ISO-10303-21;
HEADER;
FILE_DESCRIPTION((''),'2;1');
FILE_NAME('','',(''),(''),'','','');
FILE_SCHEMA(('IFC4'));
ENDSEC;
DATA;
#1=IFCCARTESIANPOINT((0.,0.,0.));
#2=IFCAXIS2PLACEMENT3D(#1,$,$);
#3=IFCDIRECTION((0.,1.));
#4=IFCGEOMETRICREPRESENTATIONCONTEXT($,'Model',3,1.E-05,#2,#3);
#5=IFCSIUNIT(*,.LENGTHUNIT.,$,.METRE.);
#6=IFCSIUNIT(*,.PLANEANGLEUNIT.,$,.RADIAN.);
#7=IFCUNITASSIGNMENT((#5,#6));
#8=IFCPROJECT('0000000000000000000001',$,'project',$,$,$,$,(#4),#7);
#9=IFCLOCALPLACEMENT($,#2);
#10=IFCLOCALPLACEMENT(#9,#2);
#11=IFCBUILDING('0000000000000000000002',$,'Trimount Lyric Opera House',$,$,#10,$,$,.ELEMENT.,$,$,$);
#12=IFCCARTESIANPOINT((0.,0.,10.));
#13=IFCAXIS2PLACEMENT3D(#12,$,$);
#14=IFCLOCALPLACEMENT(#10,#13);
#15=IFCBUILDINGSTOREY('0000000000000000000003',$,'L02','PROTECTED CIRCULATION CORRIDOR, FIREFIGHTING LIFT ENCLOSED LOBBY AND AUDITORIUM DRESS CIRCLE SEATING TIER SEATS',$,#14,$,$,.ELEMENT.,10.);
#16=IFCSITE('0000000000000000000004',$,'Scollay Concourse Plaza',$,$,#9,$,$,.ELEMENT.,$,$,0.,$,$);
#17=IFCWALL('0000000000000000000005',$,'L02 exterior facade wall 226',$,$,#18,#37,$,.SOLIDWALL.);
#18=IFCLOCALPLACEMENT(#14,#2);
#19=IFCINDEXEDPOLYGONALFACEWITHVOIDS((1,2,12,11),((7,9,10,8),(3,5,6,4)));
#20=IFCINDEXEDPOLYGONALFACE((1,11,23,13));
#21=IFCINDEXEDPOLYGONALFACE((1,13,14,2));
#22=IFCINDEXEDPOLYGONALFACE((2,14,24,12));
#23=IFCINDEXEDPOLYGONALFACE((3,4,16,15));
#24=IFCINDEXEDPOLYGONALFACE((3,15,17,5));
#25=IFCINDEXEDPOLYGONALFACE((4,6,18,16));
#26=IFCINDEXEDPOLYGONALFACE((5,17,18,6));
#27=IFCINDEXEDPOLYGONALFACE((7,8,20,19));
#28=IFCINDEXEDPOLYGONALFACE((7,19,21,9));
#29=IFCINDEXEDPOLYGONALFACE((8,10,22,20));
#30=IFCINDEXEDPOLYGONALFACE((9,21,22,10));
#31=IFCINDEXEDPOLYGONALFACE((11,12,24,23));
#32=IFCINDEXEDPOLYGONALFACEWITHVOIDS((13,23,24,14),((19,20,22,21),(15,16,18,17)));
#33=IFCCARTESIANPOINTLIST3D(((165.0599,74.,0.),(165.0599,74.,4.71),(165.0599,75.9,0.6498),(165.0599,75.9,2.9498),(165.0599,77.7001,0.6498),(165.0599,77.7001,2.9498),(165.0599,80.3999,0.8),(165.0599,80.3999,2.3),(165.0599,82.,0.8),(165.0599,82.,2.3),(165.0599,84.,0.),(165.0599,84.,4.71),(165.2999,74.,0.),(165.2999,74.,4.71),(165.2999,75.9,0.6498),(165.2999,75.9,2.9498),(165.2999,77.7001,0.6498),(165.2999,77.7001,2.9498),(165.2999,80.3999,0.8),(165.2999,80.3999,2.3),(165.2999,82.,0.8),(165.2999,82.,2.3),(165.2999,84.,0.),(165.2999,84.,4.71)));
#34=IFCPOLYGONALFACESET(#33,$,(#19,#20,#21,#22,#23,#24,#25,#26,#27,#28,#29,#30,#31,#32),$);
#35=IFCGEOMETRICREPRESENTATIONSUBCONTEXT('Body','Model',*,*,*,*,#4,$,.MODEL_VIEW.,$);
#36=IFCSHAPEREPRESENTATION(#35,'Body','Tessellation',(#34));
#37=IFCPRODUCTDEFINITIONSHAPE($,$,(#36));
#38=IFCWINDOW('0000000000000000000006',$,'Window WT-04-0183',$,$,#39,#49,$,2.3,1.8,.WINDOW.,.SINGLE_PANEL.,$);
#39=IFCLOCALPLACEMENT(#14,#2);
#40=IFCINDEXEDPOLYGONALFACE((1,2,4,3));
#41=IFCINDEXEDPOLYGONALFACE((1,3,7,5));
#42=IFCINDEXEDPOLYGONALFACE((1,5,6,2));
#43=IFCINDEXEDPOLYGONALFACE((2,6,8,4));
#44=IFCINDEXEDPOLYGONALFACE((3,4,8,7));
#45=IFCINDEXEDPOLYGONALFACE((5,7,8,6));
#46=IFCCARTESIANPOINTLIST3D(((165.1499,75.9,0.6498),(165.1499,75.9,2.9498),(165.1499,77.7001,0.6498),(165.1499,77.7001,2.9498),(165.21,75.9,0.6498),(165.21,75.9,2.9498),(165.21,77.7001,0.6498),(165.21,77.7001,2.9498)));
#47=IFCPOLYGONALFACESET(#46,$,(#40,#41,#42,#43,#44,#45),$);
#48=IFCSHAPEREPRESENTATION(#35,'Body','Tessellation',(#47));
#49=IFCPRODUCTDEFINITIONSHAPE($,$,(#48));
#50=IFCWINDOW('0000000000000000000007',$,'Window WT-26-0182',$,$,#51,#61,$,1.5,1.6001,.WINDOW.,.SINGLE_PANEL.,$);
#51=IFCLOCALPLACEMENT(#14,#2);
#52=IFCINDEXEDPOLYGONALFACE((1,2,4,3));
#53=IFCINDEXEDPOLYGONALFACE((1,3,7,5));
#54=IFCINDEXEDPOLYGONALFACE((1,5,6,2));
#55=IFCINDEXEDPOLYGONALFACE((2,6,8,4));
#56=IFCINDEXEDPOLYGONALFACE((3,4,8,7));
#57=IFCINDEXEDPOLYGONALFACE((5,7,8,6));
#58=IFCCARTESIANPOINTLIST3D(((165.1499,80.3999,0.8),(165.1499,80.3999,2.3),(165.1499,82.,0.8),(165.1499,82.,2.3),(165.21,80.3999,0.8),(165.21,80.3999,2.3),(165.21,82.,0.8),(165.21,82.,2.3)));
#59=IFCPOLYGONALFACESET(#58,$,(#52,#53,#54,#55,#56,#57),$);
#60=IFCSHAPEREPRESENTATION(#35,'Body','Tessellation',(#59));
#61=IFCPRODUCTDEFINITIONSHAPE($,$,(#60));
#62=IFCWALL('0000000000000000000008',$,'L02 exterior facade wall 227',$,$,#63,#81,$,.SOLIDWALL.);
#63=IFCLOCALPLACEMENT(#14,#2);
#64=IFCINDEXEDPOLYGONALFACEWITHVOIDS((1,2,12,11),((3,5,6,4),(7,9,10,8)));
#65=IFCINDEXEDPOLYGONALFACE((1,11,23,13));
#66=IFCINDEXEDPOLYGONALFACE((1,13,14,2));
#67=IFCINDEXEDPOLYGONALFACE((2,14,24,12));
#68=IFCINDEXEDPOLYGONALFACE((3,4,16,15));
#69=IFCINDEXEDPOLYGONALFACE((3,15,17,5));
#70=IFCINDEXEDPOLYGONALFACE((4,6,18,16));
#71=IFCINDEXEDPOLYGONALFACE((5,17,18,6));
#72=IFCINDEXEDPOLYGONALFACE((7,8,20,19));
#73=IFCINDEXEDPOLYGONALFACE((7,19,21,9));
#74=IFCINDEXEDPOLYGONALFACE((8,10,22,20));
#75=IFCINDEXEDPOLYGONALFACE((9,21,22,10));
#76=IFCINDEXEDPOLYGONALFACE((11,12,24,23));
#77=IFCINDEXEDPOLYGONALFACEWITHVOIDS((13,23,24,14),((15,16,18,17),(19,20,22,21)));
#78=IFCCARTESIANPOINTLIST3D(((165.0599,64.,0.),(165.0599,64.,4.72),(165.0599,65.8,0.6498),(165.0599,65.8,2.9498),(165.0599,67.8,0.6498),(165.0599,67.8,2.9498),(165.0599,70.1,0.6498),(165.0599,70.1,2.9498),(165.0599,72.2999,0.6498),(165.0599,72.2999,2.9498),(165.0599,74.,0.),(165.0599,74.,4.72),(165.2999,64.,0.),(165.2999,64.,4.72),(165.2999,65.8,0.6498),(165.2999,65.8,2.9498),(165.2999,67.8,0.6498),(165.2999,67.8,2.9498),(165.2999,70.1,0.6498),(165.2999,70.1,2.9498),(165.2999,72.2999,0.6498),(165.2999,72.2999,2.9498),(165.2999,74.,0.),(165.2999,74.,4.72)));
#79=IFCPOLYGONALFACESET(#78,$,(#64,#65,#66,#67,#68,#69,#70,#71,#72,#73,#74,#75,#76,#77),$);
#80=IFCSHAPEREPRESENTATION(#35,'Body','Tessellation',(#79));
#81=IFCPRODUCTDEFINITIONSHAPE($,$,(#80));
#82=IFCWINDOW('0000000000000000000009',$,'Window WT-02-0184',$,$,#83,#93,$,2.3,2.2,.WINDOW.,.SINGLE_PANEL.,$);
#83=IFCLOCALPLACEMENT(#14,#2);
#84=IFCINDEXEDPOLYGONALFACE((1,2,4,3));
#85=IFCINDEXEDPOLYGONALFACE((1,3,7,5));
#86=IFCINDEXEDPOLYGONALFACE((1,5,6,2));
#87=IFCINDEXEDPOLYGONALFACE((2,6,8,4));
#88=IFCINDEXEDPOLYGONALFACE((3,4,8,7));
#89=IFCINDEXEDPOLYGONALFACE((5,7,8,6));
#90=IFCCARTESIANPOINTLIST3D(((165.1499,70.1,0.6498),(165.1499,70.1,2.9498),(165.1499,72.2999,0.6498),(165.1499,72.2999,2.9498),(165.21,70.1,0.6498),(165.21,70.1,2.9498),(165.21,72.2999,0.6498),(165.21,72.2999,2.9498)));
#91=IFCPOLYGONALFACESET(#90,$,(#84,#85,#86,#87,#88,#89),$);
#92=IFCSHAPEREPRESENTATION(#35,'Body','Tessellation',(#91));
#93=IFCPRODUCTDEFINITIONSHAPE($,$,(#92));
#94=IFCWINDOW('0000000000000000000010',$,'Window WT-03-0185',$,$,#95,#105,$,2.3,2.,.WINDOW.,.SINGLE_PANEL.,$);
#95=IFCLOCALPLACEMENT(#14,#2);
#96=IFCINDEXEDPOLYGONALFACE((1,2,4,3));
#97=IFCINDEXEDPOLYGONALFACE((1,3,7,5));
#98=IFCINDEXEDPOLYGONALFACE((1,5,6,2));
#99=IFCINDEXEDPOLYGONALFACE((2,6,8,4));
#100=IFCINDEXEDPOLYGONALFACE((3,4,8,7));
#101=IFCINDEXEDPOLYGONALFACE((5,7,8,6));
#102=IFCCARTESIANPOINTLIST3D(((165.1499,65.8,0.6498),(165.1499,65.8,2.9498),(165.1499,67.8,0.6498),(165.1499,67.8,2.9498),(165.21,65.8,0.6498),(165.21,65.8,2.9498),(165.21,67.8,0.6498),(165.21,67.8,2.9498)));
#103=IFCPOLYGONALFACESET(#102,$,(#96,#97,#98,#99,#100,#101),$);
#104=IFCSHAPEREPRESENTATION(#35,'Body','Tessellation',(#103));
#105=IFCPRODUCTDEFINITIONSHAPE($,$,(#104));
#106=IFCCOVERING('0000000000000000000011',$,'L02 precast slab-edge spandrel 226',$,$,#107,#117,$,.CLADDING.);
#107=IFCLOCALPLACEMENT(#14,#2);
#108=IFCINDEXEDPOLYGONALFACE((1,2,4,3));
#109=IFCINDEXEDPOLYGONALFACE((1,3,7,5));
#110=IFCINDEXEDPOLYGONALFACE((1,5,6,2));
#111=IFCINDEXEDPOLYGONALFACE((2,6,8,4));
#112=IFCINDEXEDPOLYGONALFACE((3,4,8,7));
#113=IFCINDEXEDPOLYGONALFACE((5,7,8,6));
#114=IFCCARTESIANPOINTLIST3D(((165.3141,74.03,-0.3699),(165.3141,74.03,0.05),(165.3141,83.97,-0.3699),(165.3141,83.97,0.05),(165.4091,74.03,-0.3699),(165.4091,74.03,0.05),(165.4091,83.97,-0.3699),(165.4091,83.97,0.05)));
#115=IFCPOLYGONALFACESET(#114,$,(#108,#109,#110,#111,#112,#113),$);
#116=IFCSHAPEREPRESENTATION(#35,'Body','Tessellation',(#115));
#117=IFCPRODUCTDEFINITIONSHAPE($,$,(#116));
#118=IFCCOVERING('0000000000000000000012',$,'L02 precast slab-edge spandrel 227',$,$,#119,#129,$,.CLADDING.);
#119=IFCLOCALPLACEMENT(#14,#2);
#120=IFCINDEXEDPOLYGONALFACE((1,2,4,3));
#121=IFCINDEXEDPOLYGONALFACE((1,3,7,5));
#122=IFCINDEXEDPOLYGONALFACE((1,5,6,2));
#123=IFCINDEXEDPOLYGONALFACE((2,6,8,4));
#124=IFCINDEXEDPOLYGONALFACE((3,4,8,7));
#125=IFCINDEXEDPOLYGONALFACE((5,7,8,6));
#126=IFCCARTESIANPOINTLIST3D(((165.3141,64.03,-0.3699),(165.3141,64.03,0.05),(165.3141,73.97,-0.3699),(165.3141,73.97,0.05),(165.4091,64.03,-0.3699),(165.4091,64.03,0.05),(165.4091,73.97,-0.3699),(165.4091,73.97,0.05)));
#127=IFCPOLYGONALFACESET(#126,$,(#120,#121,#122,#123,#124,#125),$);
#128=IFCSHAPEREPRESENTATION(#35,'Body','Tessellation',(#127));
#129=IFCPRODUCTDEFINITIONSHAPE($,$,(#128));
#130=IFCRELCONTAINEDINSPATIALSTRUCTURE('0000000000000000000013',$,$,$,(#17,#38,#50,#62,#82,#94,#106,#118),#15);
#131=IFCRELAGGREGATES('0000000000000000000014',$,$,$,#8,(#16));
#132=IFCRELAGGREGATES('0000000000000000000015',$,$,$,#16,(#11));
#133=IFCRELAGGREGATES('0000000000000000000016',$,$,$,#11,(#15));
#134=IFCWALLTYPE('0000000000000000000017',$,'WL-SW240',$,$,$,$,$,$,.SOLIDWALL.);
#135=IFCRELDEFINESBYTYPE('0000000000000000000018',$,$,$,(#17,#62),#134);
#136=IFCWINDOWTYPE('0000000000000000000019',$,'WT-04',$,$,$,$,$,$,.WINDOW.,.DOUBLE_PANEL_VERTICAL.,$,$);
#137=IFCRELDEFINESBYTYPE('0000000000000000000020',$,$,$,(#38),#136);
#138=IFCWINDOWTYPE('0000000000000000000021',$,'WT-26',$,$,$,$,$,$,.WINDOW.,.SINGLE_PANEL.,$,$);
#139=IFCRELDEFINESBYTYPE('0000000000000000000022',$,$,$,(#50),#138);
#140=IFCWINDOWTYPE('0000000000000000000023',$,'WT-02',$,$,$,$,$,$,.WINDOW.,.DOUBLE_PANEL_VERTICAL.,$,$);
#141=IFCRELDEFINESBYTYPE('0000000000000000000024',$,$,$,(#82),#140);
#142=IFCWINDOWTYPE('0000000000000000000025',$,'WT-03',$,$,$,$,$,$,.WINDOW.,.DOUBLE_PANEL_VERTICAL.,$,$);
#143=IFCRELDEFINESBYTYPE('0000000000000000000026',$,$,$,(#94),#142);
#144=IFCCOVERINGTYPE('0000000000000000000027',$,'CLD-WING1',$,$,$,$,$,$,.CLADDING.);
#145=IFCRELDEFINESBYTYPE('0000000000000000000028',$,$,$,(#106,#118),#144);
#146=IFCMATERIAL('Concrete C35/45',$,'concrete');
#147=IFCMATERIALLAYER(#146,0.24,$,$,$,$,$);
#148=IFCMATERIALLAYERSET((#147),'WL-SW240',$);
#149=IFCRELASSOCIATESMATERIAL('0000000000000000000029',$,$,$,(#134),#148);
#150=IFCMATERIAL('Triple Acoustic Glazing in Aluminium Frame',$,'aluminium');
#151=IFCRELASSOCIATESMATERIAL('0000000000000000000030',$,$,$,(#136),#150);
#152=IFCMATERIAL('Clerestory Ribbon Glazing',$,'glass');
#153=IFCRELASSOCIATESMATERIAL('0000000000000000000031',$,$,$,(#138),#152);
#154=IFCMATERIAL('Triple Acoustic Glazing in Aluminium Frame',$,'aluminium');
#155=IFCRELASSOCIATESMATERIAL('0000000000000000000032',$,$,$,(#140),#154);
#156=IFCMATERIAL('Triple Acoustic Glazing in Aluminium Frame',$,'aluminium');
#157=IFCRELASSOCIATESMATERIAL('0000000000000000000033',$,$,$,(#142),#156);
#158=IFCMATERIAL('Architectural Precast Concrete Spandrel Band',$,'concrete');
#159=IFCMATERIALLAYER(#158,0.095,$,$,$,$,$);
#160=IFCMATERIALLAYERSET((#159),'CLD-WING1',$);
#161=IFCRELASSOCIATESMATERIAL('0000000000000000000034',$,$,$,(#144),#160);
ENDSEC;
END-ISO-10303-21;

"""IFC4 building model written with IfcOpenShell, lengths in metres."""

from ifc_helpers import new_model, si_unit, direction, frame, frame_2d, origin, origin_2d, place, context, subcontext, project, spatial, rectangle, extrude, material, layer, layer_set, type_object, element, fill, save


model = new_model("IFC4")

# Units and contexts
model_context = context("Model", 3, precision=1e-05, world=origin(), true_north=direction((0.0, 1.0)))
body_context = subcontext(model_context, "Body", "Model", "MODEL_VIEW")
ifc_project = project(units=[si_unit("LENGTHUNIT", "METRE"), si_unit("PLANEANGLEUNIT", "RADIAN")], contexts=[model_context])

# Site, building, storey
site_placement = place(None, origin())
site = spatial("IfcSite", under=ifc_project, at=site_placement, Name="Scollay Concourse Plaza", CompositionType="ELEMENT", RefElevation=0.0)
building_placement = place(site_placement, origin())
building = spatial("IfcBuilding", under=site, at=building_placement, Name="Trimount Lyric Opera House", CompositionType="ELEMENT")
storey_placement = place(building_placement, frame((0.0, 0.0, 10.0)))
storey = spatial("IfcBuildingStorey", under=building, at=storey_placement, Name="L02", Description="PROTECTED CIRCULATION CORRIDOR, FIREFIGHTING LIFT ENCLOSED LOBBY AND AUDITORIUM DRESS CIRCLE SEATING TIER SEATS", CompositionType="ELEMENT", Elevation=10.0)

# Walls, openings, windows
ifc_material_1 = material(Name="Concrete C35/45", Category="concrete")
ifc_layer_1 = layer(ifc_material_1, 0.24)
ifc_layer_set_1 = layer_set([ifc_layer_1], Name="WL-SW240")
wall_type = type_object("IfcWallType", Name="WL-SW240", PredefinedType="SOLIDWALL", material=ifc_layer_set_1)
wall_1_placement = place(storey_placement, frame((165.1799, 84.0, 0.0), z_axis=(0.0, 0.0, 1.0), x_axis=(0.0, -1.0, 0.0)))
wall_1 = element("IfcWall", 1, at=wall_1_placement, inside=storey, type_object=wall_type, Name="L02 exterior facade wall 226", PredefinedType="SOLIDWALL", context=body_context, shape_type="SweptSolid", body=[
    extrude(rectangle(XDim=10.0, YDim=0.24, at=frame_2d((5.0, 0.0))), origin(), (0.0, 0.0, 1.0), 4.71),
])
opening_1_placement = place(wall_1_placement, frame((2.0, 0.0, 0.8)))
opening_1 = element("IfcOpeningElement", 2, at=opening_1_placement, cuts=wall_1, PredefinedType="OPENING", context=body_context, shape_type="SweptSolid", body=[
    extrude(rectangle(XDim=1.6001, YDim=1.5, at=frame_2d((0.8, 0.75))), frame((0.0, 0.1299, 0.0), z_axis=(0.0, -1.0, 0.0), x_axis=(1.0, 0.0, 0.0)), (0.0, 0.0, 1.0), 0.26),
])
opening_2_placement = place(wall_1_placement, frame((6.3, 0.0, 0.6499)))
opening_2 = element("IfcOpeningElement", 3, at=opening_2_placement, cuts=wall_1, PredefinedType="OPENING", context=body_context, shape_type="SweptSolid", body=[
    extrude(rectangle(XDim=1.8, YDim=2.3, at=frame_2d((0.8999, 1.1499))), frame((0.0, 0.1299, 0.0), z_axis=(0.0, -1.0, 0.0), x_axis=(1.0, 0.0, 0.0)), (0.0, 0.0, 1.0), 0.26),
])
ifc_material_2 = material(Name="Triple Acoustic Glazing in Aluminium Frame", Category="aluminium")
window_type_1 = type_object("IfcWindowType", Name="WT-04", PartitioningType="DOUBLE_PANEL_VERTICAL", PredefinedType="WINDOW", material=ifc_material_2)
window_1_placement = place(opening_2_placement, origin())
window_1 = element("IfcWindow", 4, at=window_1_placement, inside=storey, type_object=window_type_1, Name="Window WT-04-0183", OverallHeight=2.3, OverallWidth=1.8, PartitioningType="SINGLE_PANEL", PredefinedType="WINDOW", context=body_context, shape_type="SweptSolid", body=[
    extrude(rectangle(XDim=1.8, YDim=2.3, at=frame_2d((0.8999, 1.1499))), frame((0.0, 0.03, 0.0), z_axis=(0.0, -1.0, 0.0), x_axis=(1.0, 0.0, 0.0)), (0.0, 0.0, 1.0), 0.0601),
])
fill(opening_2, window_1)
ifc_material_3 = material(Name="Clerestory Ribbon Glazing", Category="glass")
window_type_2 = type_object("IfcWindowType", Name="WT-26", PartitioningType="SINGLE_PANEL", PredefinedType="WINDOW", material=ifc_material_3)
window_2_placement = place(opening_1_placement, origin())
window_2 = element("IfcWindow", 5, at=window_2_placement, inside=storey, type_object=window_type_2, Name="Window WT-26-0182", OverallHeight=1.5, OverallWidth=1.6001, PartitioningType="SINGLE_PANEL", PredefinedType="WINDOW", context=body_context, shape_type="SweptSolid", body=[
    extrude(rectangle(XDim=1.6001, YDim=1.5, at=frame_2d((0.8, 0.75))), frame((0.0, 0.03, 0.0), z_axis=(0.0, -1.0, 0.0), x_axis=(1.0, 0.0, 0.0)), (0.0, 0.0, 1.0), 0.0601),
])
fill(opening_1, window_2)
wall_2_placement = place(storey_placement, frame((165.1799, 74.0, 0.0), z_axis=(0.0, 0.0, 1.0), x_axis=(0.0, -1.0, 0.0)))
wall_2 = element("IfcWall", 6, at=wall_2_placement, inside=storey, type_object=wall_type, Name="L02 exterior facade wall 227", PredefinedType="SOLIDWALL", context=body_context, shape_type="SweptSolid", body=[
    extrude(rectangle(XDim=10.0, YDim=0.24, at=frame_2d((5.0, 0.0))), origin(), (0.0, 0.0, 1.0), 4.72),
])
opening_3_placement = place(wall_2_placement, frame((1.7, 0.0, 0.6499)))
opening_3 = element("IfcOpeningElement", 7, at=opening_3_placement, cuts=wall_2, PredefinedType="OPENING", context=body_context, shape_type="SweptSolid", body=[
    extrude(rectangle(XDim=2.2, YDim=2.3, at=frame_2d((1.1001, 1.1499))), frame((0.0, 0.1299, 0.0), z_axis=(0.0, -1.0, 0.0), x_axis=(1.0, 0.0, 0.0)), (0.0, 0.0, 1.0), 0.26),
])
opening_4_placement = place(wall_2_placement, frame((6.2, 0.0, 0.6499)))
opening_4 = element("IfcOpeningElement", 8, at=opening_4_placement, cuts=wall_2, PredefinedType="OPENING", context=body_context, shape_type="SweptSolid", body=[
    extrude(rectangle(XDim=2.0, YDim=2.3, at=frame_2d((1.0, 1.1499))), frame((0.0, 0.1299, 0.0), z_axis=(0.0, -1.0, 0.0), x_axis=(1.0, 0.0, 0.0)), (0.0, 0.0, 1.0), 0.26),
])
ifc_material_4 = material(Name="Triple Acoustic Glazing in Aluminium Frame", Category="aluminium")
window_type_3 = type_object("IfcWindowType", Name="WT-02", PartitioningType="DOUBLE_PANEL_VERTICAL", PredefinedType="WINDOW", material=ifc_material_4)
window_3_placement = place(opening_3_placement, origin())
window_3 = element("IfcWindow", 9, at=window_3_placement, inside=storey, type_object=window_type_3, Name="Window WT-02-0184", OverallHeight=2.3, OverallWidth=2.2, PartitioningType="SINGLE_PANEL", PredefinedType="WINDOW", context=body_context, shape_type="SweptSolid", body=[
    extrude(rectangle(XDim=2.2, YDim=2.3, at=frame_2d((1.1001, 1.1499))), frame((0.0, 0.03, 0.0), z_axis=(0.0, -1.0, 0.0), x_axis=(1.0, 0.0, 0.0)), (0.0, 0.0, 1.0), 0.0601),
])
fill(opening_3, window_3)
ifc_material_5 = material(Name="Triple Acoustic Glazing in Aluminium Frame", Category="aluminium")
window_type_4 = type_object("IfcWindowType", Name="WT-03", PartitioningType="DOUBLE_PANEL_VERTICAL", PredefinedType="WINDOW", material=ifc_material_5)
window_4_placement = place(opening_4_placement, origin())
window_4 = element("IfcWindow", 10, at=window_4_placement, inside=storey, type_object=window_type_4, Name="Window WT-03-0185", OverallHeight=2.3, OverallWidth=2.0, PartitioningType="SINGLE_PANEL", PredefinedType="WINDOW", context=body_context, shape_type="SweptSolid", body=[
    extrude(rectangle(XDim=2.0, YDim=2.3, at=frame_2d((1.0, 1.1499))), frame((0.0, 0.03, 0.0), z_axis=(0.0, -1.0, 0.0), x_axis=(1.0, 0.0, 0.0)), (0.0, 0.0, 1.0), 0.0601),
])
fill(opening_4, window_4)

# Coverings
ifc_material_6 = material(Name="Architectural Precast Concrete Spandrel Band", Category="concrete")
ifc_layer_2 = layer(ifc_material_6, 0.095)
ifc_layer_set_2 = layer_set([ifc_layer_2], Name="CLD-WING1")
covering_type = type_object("IfcCoveringType", Name="CLD-WING1", PredefinedType="CLADDING", material=ifc_layer_set_2)
for number, where, z_axis, x_axis, name in (
    (11, (165.3616, 79.0, -0.3699), (0.0, 0.0, 1.0), (0.0, -1.0, 0.0), "L02 precast slab-edge spandrel 226"),
    (12, (165.3616, 69.0, -0.3699), (0.0, 0.0, 1.0), (0.0, -1.0, 0.0), "L02 precast slab-edge spandrel 227"),
):
    element("IfcCovering", number, at=place(storey_placement, frame(where, z_axis=z_axis, x_axis=x_axis)), inside=storey, type_object=covering_type, Name=name, PredefinedType="CLADDING", context=body_context, shape_type="SweptSolid", body=[
        extrude(rectangle(XDim=9.9399, YDim=0.095, at=origin_2d()), origin(), (0.0, 0.0, 1.0), 0.4199),
    ])

save(model, "model.ifc")
